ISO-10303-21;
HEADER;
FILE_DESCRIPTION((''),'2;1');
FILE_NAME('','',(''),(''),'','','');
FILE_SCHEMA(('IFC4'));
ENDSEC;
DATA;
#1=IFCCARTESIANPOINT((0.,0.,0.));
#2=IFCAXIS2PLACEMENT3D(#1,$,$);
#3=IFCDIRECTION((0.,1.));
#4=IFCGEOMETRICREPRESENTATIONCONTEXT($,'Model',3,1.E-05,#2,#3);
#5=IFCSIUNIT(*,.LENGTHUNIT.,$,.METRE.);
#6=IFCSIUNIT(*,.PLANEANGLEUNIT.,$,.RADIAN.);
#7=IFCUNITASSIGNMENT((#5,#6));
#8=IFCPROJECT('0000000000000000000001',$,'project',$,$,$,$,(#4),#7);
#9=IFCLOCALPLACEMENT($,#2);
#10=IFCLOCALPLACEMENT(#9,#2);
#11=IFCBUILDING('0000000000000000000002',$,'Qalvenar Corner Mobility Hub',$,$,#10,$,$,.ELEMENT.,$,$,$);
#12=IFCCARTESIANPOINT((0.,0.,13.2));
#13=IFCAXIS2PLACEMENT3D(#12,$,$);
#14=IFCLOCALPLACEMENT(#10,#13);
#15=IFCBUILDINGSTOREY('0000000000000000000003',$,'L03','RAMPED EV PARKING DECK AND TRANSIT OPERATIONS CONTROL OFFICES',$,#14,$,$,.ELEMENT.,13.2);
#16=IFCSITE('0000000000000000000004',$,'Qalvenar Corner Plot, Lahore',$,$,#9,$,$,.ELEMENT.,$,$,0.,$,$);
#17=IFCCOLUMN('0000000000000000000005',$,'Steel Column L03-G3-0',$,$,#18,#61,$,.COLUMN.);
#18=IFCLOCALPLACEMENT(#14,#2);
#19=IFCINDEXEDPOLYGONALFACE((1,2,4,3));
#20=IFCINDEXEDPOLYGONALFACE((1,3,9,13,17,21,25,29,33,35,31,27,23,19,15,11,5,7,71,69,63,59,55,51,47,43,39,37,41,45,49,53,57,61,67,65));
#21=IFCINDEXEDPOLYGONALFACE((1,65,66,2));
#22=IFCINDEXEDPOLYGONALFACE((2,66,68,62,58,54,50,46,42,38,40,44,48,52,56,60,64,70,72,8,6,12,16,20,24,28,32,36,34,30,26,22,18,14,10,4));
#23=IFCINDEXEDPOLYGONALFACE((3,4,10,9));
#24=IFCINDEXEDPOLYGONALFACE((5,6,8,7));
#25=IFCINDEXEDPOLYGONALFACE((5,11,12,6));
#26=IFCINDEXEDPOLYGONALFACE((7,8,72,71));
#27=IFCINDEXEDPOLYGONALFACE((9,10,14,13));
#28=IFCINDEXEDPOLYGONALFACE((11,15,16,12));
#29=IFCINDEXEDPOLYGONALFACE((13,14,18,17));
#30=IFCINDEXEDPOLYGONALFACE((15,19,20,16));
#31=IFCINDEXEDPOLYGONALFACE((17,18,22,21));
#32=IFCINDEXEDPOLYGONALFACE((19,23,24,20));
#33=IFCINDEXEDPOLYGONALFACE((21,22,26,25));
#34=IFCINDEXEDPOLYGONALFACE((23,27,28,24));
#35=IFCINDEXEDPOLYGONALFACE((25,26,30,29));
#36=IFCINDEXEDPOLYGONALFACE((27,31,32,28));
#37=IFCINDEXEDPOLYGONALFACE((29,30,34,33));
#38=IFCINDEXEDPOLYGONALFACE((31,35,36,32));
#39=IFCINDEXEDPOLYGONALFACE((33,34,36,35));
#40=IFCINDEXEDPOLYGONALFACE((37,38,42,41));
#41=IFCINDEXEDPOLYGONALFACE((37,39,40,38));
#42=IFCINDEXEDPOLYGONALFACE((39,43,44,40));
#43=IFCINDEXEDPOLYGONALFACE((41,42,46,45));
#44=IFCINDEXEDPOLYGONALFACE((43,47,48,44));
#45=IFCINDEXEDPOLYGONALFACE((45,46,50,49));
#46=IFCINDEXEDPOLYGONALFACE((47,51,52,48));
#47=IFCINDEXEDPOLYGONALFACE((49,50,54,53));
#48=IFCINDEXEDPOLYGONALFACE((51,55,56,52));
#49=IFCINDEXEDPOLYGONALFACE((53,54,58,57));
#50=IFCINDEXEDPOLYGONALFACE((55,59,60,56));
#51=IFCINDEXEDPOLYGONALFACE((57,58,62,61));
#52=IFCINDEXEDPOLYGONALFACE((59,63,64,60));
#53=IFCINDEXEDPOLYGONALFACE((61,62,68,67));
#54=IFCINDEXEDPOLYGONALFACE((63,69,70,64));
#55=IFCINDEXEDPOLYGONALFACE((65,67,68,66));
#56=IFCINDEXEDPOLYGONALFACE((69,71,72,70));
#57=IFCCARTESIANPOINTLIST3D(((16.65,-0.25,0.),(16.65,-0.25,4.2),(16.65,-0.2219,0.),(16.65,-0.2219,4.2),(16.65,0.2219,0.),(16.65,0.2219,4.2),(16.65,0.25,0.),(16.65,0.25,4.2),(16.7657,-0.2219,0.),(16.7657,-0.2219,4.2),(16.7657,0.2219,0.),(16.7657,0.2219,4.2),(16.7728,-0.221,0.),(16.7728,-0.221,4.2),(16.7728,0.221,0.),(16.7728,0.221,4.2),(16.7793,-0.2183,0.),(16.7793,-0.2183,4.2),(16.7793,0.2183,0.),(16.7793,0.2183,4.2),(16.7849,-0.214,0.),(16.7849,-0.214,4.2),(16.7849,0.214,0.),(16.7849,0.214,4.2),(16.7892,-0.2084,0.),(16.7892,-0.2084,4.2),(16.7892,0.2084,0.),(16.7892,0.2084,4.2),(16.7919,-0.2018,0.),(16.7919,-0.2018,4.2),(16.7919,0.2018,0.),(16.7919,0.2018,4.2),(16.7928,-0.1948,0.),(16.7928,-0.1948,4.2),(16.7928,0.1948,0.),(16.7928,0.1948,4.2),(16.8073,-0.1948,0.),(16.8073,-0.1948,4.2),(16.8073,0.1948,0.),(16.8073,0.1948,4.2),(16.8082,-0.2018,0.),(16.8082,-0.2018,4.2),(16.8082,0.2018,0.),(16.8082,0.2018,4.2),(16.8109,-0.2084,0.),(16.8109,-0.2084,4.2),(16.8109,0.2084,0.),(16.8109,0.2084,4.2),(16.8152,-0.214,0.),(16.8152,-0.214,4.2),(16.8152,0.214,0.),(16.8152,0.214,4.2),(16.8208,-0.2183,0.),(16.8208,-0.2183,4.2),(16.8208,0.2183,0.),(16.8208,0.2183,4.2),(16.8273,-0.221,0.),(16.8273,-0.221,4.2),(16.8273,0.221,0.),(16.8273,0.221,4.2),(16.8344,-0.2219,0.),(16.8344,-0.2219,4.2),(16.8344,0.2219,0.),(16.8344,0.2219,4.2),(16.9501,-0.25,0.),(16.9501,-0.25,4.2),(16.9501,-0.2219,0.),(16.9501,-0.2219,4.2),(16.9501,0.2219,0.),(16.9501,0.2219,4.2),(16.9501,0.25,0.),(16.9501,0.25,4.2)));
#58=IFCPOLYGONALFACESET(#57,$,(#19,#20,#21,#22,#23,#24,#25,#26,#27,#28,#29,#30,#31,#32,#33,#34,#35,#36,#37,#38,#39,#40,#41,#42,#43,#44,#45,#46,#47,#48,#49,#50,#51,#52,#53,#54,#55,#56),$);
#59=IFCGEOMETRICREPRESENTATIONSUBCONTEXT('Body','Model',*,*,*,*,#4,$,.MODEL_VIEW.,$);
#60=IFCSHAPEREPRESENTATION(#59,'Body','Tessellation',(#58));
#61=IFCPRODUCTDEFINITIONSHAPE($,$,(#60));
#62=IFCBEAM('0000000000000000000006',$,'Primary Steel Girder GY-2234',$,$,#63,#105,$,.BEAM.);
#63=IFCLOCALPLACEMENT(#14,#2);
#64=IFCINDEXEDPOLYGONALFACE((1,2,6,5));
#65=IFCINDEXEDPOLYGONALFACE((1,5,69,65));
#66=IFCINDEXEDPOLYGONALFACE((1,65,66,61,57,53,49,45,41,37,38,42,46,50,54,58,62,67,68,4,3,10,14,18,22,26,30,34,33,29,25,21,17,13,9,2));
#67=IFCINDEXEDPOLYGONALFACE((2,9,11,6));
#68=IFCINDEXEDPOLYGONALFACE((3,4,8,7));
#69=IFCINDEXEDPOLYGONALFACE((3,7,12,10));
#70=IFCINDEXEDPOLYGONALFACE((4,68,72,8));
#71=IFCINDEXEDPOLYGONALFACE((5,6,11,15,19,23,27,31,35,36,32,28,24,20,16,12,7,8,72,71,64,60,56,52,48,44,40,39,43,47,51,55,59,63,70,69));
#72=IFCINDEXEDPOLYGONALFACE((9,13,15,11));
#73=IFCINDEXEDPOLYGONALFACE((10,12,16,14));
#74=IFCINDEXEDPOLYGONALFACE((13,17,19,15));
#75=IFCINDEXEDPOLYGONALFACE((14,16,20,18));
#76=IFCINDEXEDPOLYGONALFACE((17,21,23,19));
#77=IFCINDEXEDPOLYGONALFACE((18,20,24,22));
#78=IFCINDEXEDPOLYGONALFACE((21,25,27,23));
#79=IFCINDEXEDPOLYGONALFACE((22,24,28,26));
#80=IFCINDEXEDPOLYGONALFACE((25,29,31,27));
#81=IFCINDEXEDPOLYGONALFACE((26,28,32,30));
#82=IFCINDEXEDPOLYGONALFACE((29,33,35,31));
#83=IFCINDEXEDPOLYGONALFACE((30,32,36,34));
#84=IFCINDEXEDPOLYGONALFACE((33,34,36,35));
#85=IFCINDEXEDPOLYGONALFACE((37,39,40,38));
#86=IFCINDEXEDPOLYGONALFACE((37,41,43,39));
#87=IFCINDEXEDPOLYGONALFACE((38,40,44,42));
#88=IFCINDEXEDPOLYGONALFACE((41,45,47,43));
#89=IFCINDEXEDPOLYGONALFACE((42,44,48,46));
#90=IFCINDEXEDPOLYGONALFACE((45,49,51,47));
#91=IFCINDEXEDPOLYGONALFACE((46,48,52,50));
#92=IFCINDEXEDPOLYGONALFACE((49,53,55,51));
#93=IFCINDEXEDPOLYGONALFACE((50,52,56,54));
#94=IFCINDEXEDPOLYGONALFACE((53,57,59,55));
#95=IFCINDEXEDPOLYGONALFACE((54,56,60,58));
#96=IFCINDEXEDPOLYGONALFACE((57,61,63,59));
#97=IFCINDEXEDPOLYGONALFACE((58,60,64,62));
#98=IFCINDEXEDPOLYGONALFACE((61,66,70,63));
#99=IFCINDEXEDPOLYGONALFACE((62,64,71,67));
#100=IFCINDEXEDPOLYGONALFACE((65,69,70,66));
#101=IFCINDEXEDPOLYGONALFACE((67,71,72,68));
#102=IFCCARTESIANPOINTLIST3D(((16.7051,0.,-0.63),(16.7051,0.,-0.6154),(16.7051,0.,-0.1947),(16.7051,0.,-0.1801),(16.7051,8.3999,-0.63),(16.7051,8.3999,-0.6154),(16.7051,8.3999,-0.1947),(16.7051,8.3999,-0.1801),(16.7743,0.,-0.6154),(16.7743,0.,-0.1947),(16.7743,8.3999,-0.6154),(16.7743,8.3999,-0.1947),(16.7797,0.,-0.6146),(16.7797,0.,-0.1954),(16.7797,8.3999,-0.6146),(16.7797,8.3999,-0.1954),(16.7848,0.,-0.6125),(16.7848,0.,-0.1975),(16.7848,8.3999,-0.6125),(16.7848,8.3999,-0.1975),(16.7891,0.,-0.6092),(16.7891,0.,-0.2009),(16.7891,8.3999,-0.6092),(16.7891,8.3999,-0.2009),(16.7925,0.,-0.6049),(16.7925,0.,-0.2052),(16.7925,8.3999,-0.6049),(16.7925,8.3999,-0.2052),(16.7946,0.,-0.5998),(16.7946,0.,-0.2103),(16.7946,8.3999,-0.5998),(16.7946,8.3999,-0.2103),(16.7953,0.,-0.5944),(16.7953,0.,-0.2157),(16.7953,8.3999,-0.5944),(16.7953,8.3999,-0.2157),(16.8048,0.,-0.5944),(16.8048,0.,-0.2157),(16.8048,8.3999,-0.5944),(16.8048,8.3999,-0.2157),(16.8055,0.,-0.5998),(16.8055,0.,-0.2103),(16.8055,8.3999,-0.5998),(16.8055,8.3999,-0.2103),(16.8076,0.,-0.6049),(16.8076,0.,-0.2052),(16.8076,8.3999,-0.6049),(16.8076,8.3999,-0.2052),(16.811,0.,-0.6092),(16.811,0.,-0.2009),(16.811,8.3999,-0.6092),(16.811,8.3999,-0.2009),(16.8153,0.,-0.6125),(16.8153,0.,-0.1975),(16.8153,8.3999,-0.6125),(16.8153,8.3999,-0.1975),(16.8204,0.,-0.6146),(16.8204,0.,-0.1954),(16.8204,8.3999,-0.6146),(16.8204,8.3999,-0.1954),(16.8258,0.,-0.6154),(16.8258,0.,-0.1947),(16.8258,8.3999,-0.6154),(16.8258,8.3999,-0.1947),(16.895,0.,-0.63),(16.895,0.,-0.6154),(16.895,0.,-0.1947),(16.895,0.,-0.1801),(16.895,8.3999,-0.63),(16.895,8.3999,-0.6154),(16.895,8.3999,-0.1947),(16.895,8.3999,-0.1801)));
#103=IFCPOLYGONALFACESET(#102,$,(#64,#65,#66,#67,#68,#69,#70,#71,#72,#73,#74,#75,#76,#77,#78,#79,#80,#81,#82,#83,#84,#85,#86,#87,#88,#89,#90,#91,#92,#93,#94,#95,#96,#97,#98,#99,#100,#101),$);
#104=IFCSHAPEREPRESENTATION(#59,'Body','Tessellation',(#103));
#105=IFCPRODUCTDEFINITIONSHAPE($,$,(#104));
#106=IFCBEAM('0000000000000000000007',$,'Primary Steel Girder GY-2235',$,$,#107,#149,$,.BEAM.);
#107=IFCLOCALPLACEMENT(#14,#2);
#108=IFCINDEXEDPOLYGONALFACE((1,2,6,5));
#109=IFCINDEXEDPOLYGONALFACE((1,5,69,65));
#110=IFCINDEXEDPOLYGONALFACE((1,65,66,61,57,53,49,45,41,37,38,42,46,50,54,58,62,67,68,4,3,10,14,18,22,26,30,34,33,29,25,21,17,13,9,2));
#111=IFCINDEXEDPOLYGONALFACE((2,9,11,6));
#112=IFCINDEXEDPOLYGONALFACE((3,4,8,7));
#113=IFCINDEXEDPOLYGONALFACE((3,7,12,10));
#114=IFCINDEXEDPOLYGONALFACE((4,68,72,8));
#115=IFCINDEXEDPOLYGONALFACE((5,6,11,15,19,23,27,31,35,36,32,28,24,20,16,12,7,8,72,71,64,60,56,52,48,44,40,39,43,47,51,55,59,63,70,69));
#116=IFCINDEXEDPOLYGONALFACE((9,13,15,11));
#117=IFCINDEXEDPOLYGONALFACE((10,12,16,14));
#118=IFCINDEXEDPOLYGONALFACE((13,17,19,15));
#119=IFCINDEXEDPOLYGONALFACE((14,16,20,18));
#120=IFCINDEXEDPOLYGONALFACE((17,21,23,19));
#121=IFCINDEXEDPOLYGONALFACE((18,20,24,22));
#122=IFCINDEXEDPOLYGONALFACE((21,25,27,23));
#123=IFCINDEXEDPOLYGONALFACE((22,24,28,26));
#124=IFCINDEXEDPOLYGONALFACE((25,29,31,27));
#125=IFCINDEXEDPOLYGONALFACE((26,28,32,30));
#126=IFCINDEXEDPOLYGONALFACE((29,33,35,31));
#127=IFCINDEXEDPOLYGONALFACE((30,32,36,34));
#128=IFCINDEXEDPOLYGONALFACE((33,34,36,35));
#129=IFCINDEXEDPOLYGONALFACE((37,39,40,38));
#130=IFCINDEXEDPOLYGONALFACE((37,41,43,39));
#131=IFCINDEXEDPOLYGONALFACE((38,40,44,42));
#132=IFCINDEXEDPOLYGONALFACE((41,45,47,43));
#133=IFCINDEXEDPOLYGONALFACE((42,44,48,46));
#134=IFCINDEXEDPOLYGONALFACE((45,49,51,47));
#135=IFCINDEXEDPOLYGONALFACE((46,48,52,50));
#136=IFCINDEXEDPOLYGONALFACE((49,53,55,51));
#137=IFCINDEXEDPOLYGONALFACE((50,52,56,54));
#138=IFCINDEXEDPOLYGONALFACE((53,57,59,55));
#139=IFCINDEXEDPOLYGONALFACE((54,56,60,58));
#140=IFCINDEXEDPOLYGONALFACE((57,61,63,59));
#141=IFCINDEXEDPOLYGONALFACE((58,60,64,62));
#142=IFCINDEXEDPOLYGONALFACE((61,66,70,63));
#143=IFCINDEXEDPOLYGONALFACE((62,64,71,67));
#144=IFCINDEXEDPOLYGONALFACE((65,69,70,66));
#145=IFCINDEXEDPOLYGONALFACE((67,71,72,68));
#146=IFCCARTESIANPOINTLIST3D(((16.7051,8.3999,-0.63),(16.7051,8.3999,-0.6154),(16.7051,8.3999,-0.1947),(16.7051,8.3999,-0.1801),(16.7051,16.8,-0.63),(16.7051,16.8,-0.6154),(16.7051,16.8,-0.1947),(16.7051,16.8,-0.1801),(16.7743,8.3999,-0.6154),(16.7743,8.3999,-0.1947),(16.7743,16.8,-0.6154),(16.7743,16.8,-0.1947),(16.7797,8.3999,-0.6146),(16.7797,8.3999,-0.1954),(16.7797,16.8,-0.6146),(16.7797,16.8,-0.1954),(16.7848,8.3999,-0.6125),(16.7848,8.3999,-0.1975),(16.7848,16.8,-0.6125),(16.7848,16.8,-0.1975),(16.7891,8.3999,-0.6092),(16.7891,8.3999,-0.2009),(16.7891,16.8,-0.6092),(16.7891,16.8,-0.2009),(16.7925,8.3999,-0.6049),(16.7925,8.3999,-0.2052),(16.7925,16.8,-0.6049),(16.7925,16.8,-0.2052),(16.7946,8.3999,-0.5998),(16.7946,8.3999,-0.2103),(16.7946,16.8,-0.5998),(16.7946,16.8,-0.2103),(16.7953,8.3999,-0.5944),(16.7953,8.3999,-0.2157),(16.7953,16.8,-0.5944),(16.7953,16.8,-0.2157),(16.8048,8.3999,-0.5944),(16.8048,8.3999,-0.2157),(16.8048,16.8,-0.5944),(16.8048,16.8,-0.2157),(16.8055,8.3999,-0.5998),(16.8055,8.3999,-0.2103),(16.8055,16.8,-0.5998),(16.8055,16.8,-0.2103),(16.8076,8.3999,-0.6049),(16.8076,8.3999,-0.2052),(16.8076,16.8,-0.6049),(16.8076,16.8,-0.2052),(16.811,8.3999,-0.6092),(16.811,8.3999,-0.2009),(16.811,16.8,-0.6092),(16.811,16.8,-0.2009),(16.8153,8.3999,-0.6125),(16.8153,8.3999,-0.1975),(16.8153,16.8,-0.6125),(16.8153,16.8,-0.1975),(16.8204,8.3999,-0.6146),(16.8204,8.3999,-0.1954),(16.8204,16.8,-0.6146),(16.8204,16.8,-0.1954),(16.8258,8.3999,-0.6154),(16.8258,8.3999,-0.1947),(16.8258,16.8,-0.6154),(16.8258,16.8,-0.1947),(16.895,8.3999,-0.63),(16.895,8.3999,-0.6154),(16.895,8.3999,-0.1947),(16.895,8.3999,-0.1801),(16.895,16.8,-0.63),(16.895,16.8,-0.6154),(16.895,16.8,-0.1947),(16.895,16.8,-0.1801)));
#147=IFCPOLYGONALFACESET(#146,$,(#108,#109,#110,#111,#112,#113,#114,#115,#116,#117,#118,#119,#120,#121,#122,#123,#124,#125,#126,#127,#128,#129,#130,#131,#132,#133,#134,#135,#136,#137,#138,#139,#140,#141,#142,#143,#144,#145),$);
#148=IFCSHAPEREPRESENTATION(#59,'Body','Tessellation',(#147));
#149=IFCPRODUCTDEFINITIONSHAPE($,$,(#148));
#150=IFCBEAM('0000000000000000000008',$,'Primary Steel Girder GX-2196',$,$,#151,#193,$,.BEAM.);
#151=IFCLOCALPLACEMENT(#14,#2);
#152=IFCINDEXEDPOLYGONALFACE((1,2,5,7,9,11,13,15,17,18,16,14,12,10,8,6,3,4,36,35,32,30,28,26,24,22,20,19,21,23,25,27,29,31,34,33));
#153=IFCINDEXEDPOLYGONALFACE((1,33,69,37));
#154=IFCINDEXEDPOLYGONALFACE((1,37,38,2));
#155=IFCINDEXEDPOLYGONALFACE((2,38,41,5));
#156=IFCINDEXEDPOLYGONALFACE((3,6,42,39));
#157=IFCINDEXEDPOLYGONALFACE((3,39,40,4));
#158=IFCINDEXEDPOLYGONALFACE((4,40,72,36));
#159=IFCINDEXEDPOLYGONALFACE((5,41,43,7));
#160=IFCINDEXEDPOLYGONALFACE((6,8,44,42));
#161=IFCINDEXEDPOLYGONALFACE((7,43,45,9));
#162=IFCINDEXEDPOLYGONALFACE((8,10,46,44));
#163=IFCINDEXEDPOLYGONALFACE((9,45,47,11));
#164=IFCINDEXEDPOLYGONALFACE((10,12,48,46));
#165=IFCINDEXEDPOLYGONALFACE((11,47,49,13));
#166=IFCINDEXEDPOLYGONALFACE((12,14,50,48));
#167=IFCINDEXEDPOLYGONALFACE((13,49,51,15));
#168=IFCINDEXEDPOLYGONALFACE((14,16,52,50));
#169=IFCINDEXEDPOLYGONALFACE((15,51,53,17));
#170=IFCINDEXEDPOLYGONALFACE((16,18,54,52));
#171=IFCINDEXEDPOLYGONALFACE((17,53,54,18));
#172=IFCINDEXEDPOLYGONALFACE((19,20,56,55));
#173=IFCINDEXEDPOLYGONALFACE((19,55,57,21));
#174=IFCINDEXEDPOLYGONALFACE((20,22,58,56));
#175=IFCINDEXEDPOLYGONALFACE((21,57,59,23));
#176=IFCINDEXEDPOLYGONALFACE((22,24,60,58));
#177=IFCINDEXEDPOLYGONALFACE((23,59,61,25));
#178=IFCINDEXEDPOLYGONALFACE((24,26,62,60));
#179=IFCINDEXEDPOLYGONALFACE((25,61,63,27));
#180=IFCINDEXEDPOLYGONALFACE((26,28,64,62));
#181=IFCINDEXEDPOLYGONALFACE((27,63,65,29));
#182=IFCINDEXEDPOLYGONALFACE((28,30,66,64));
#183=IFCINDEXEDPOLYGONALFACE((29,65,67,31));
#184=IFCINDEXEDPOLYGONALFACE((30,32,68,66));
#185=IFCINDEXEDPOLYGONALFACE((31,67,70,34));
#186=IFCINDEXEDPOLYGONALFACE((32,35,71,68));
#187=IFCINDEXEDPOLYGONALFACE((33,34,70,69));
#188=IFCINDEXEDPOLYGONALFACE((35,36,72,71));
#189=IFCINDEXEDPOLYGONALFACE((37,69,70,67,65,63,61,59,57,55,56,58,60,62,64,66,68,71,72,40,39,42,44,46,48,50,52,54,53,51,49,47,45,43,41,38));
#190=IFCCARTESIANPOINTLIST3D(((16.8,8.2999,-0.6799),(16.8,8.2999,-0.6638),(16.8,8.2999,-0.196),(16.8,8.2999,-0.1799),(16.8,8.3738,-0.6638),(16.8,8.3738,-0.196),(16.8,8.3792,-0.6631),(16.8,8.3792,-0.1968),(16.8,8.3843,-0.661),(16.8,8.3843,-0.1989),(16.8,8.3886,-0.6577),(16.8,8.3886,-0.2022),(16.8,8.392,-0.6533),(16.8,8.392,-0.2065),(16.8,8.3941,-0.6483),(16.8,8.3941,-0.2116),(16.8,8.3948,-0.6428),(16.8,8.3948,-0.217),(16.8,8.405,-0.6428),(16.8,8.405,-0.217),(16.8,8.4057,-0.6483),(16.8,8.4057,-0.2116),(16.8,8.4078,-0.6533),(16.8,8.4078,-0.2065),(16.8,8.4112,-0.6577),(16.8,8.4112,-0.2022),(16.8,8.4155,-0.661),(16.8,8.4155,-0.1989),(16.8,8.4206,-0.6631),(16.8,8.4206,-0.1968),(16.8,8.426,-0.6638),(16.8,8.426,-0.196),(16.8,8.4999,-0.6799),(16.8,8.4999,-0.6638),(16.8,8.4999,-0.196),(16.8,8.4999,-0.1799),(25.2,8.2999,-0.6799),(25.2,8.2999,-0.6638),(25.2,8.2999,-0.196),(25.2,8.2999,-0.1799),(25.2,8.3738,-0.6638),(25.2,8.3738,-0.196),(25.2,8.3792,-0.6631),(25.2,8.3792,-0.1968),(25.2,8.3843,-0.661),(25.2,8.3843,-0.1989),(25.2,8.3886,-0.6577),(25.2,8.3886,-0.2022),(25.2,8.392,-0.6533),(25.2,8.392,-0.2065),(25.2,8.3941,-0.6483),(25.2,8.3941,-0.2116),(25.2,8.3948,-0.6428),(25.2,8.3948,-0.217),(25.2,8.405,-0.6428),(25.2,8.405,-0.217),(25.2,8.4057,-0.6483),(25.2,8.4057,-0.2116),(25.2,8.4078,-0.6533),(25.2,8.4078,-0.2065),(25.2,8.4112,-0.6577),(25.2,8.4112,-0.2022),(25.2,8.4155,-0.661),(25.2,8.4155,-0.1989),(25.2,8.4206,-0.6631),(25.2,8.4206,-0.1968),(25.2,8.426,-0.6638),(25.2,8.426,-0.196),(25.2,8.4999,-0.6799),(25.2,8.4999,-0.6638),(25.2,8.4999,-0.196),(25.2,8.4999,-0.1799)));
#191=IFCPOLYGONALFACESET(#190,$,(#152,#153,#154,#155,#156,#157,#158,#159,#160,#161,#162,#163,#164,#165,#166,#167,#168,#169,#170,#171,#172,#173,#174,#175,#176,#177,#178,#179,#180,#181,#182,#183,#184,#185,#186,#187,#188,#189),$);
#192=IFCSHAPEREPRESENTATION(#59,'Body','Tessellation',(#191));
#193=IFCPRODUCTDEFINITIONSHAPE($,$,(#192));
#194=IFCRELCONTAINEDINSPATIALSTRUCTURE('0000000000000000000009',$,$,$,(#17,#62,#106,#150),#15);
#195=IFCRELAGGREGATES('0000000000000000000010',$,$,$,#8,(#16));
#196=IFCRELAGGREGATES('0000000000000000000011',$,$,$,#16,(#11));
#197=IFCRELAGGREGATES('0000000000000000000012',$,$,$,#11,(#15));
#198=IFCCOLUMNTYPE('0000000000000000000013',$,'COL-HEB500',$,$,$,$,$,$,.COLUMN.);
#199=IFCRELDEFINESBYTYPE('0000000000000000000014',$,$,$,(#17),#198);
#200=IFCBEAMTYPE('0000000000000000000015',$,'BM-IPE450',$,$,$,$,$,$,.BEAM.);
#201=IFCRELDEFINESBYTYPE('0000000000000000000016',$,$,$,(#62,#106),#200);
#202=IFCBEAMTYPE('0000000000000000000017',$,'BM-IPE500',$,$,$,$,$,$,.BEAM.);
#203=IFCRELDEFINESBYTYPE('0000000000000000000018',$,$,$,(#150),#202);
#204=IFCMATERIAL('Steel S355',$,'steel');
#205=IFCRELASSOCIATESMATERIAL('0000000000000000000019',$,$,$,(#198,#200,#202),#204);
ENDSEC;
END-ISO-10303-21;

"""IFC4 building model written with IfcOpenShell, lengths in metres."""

from ifc_helpers import new_model, si_unit, direction, frame, origin, origin_2d, place, context, subcontext, project, spatial, i_section, extrude, material, material_profile, profile_set, type_object, element, save


model = new_model("IFC4")

# Units and contexts
model_context = context("Model", 3, precision=1e-05, world=origin(), true_north=direction((0.0, 1.0)))
body_context = subcontext(model_context, "Body", "Model", "MODEL_VIEW")
ifc_project = project(units=[si_unit("LENGTHUNIT", "METRE"), si_unit("PLANEANGLEUNIT", "RADIAN")], contexts=[model_context])

# Site, building, storey
site_placement = place(None, origin())
site = spatial("IfcSite", under=ifc_project, at=site_placement, Name="Qalvenar Corner Plot, Lahore", CompositionType="ELEMENT", RefElevation=0.0)
building_placement = place(site_placement, origin())
building = spatial("IfcBuilding", under=site, at=building_placement, Name="Qalvenar Corner Mobility Hub", CompositionType="ELEMENT")
storey_placement = place(building_placement, frame((0.0, 0.0, 13.2)))
storey = spatial("IfcBuildingStorey", under=building, at=storey_placement, Name="L03", Description="RAMPED EV PARKING DECK AND TRANSIT OPERATIONS CONTROL OFFICES", CompositionType="ELEMENT", Elevation=13.2)

# Column
ifc_material_1 = material(Name="Steel S355", Category="steel")
ifc_material_profile_1 = material_profile(ifc_material_1, i_section(OverallWidth=0.3, OverallDepth=0.5, WebThickness=0.0144, FlangeThickness=0.0281, FilletRadius=0.0271, at=origin_2d()), Name="HEB500")
ifc_profile_set_1 = profile_set([ifc_material_profile_1], Name="Steel S355")
column_type = type_object("IfcColumnType", Name="COL-HEB500", PredefinedType="COLUMN", material=ifc_profile_set_1)
column_placement = place(storey_placement, frame((16.8, 0.0, 0.0), z_axis=(0.0, 0.0, 1.0), x_axis=(1.0, 0.0, 0.0)))
element("IfcColumn", 1, at=column_placement, inside=storey, type_object=column_type, Name="Steel Column L03-G3-0", PredefinedType="COLUMN", context=body_context, shape_type="SweptSolid", body=[
    extrude(i_section(OverallWidth=0.3, OverallDepth=0.5, WebThickness=0.0144, FlangeThickness=0.0281, FilletRadius=0.0271, at=origin_2d()), origin(), (0.0, 0.0, 1.0), 4.2),
])

# Beams
ifc_material_profile_2 = material_profile(ifc_material_1, i_section(OverallWidth=0.1899, OverallDepth=0.45, WebThickness=0.0095, FlangeThickness=0.0146, FilletRadius=0.021, at=origin_2d()), Name="IPE450")
ifc_profile_set_2 = profile_set([ifc_material_profile_2], Name="Steel S355")
beam_type_1 = type_object("IfcBeamType", Name="BM-IPE450", PredefinedType="BEAM", material=ifc_profile_set_2)
beam_1_placement = place(storey_placement, frame((16.8, 0.0, -0.405), z_axis=(0.0, 1.0, 0.0), x_axis=(-1.0, 0.0, 0.0)))
element("IfcBeam", 2, at=beam_1_placement, inside=storey, type_object=beam_type_1, Name="Primary Steel Girder GY-2234", PredefinedType="BEAM", context=body_context, shape_type="SweptSolid", body=[
    extrude(i_section(OverallWidth=0.1899, OverallDepth=0.45, WebThickness=0.0095, FlangeThickness=0.0146, FilletRadius=0.021, at=origin_2d()), origin(), (0.0, 0.0, 1.0), 8.3999),
])
beam_2_placement = place(storey_placement, frame((16.8, 8.3999, -0.405), z_axis=(0.0, 1.0, 0.0), x_axis=(-1.0, 0.0, 0.0)))
element("IfcBeam", 3, at=beam_2_placement, inside=storey, type_object=beam_type_1, Name="Primary Steel Girder GY-2235", PredefinedType="BEAM", context=body_context, shape_type="SweptSolid", body=[
    extrude(i_section(OverallWidth=0.1899, OverallDepth=0.45, WebThickness=0.0095, FlangeThickness=0.0146, FilletRadius=0.021, at=origin_2d()), origin(), (0.0, 0.0, 1.0), 8.4001),
])
ifc_material_profile_3 = material_profile(ifc_material_1, i_section(OverallWidth=0.2, OverallDepth=0.5, WebThickness=0.0103, FlangeThickness=0.0161, FilletRadius=0.021, at=origin_2d()), Name="IPE500")
ifc_profile_set_3 = profile_set([ifc_material_profile_3], Name="Steel S355")
beam_type_2 = type_object("IfcBeamType", Name="BM-IPE500", PredefinedType="BEAM", material=ifc_profile_set_3)
beam_3_placement = place(storey_placement, frame((16.8, 8.3999, -0.4299), z_axis=(1.0, 0.0, 0.0), x_axis=(0.0, 1.0, 0.0)))
element("IfcBeam", 4, at=beam_3_placement, inside=storey, type_object=beam_type_2, Name="Primary Steel Girder GX-2196", PredefinedType="BEAM", context=body_context, shape_type="SweptSolid", body=[
    extrude(i_section(OverallWidth=0.2, OverallDepth=0.5, WebThickness=0.0103, FlangeThickness=0.0161, FilletRadius=0.021, at=origin_2d()), origin(), (0.0, 0.0, 1.0), 8.3999),
])

save(model, "model.ifc")
